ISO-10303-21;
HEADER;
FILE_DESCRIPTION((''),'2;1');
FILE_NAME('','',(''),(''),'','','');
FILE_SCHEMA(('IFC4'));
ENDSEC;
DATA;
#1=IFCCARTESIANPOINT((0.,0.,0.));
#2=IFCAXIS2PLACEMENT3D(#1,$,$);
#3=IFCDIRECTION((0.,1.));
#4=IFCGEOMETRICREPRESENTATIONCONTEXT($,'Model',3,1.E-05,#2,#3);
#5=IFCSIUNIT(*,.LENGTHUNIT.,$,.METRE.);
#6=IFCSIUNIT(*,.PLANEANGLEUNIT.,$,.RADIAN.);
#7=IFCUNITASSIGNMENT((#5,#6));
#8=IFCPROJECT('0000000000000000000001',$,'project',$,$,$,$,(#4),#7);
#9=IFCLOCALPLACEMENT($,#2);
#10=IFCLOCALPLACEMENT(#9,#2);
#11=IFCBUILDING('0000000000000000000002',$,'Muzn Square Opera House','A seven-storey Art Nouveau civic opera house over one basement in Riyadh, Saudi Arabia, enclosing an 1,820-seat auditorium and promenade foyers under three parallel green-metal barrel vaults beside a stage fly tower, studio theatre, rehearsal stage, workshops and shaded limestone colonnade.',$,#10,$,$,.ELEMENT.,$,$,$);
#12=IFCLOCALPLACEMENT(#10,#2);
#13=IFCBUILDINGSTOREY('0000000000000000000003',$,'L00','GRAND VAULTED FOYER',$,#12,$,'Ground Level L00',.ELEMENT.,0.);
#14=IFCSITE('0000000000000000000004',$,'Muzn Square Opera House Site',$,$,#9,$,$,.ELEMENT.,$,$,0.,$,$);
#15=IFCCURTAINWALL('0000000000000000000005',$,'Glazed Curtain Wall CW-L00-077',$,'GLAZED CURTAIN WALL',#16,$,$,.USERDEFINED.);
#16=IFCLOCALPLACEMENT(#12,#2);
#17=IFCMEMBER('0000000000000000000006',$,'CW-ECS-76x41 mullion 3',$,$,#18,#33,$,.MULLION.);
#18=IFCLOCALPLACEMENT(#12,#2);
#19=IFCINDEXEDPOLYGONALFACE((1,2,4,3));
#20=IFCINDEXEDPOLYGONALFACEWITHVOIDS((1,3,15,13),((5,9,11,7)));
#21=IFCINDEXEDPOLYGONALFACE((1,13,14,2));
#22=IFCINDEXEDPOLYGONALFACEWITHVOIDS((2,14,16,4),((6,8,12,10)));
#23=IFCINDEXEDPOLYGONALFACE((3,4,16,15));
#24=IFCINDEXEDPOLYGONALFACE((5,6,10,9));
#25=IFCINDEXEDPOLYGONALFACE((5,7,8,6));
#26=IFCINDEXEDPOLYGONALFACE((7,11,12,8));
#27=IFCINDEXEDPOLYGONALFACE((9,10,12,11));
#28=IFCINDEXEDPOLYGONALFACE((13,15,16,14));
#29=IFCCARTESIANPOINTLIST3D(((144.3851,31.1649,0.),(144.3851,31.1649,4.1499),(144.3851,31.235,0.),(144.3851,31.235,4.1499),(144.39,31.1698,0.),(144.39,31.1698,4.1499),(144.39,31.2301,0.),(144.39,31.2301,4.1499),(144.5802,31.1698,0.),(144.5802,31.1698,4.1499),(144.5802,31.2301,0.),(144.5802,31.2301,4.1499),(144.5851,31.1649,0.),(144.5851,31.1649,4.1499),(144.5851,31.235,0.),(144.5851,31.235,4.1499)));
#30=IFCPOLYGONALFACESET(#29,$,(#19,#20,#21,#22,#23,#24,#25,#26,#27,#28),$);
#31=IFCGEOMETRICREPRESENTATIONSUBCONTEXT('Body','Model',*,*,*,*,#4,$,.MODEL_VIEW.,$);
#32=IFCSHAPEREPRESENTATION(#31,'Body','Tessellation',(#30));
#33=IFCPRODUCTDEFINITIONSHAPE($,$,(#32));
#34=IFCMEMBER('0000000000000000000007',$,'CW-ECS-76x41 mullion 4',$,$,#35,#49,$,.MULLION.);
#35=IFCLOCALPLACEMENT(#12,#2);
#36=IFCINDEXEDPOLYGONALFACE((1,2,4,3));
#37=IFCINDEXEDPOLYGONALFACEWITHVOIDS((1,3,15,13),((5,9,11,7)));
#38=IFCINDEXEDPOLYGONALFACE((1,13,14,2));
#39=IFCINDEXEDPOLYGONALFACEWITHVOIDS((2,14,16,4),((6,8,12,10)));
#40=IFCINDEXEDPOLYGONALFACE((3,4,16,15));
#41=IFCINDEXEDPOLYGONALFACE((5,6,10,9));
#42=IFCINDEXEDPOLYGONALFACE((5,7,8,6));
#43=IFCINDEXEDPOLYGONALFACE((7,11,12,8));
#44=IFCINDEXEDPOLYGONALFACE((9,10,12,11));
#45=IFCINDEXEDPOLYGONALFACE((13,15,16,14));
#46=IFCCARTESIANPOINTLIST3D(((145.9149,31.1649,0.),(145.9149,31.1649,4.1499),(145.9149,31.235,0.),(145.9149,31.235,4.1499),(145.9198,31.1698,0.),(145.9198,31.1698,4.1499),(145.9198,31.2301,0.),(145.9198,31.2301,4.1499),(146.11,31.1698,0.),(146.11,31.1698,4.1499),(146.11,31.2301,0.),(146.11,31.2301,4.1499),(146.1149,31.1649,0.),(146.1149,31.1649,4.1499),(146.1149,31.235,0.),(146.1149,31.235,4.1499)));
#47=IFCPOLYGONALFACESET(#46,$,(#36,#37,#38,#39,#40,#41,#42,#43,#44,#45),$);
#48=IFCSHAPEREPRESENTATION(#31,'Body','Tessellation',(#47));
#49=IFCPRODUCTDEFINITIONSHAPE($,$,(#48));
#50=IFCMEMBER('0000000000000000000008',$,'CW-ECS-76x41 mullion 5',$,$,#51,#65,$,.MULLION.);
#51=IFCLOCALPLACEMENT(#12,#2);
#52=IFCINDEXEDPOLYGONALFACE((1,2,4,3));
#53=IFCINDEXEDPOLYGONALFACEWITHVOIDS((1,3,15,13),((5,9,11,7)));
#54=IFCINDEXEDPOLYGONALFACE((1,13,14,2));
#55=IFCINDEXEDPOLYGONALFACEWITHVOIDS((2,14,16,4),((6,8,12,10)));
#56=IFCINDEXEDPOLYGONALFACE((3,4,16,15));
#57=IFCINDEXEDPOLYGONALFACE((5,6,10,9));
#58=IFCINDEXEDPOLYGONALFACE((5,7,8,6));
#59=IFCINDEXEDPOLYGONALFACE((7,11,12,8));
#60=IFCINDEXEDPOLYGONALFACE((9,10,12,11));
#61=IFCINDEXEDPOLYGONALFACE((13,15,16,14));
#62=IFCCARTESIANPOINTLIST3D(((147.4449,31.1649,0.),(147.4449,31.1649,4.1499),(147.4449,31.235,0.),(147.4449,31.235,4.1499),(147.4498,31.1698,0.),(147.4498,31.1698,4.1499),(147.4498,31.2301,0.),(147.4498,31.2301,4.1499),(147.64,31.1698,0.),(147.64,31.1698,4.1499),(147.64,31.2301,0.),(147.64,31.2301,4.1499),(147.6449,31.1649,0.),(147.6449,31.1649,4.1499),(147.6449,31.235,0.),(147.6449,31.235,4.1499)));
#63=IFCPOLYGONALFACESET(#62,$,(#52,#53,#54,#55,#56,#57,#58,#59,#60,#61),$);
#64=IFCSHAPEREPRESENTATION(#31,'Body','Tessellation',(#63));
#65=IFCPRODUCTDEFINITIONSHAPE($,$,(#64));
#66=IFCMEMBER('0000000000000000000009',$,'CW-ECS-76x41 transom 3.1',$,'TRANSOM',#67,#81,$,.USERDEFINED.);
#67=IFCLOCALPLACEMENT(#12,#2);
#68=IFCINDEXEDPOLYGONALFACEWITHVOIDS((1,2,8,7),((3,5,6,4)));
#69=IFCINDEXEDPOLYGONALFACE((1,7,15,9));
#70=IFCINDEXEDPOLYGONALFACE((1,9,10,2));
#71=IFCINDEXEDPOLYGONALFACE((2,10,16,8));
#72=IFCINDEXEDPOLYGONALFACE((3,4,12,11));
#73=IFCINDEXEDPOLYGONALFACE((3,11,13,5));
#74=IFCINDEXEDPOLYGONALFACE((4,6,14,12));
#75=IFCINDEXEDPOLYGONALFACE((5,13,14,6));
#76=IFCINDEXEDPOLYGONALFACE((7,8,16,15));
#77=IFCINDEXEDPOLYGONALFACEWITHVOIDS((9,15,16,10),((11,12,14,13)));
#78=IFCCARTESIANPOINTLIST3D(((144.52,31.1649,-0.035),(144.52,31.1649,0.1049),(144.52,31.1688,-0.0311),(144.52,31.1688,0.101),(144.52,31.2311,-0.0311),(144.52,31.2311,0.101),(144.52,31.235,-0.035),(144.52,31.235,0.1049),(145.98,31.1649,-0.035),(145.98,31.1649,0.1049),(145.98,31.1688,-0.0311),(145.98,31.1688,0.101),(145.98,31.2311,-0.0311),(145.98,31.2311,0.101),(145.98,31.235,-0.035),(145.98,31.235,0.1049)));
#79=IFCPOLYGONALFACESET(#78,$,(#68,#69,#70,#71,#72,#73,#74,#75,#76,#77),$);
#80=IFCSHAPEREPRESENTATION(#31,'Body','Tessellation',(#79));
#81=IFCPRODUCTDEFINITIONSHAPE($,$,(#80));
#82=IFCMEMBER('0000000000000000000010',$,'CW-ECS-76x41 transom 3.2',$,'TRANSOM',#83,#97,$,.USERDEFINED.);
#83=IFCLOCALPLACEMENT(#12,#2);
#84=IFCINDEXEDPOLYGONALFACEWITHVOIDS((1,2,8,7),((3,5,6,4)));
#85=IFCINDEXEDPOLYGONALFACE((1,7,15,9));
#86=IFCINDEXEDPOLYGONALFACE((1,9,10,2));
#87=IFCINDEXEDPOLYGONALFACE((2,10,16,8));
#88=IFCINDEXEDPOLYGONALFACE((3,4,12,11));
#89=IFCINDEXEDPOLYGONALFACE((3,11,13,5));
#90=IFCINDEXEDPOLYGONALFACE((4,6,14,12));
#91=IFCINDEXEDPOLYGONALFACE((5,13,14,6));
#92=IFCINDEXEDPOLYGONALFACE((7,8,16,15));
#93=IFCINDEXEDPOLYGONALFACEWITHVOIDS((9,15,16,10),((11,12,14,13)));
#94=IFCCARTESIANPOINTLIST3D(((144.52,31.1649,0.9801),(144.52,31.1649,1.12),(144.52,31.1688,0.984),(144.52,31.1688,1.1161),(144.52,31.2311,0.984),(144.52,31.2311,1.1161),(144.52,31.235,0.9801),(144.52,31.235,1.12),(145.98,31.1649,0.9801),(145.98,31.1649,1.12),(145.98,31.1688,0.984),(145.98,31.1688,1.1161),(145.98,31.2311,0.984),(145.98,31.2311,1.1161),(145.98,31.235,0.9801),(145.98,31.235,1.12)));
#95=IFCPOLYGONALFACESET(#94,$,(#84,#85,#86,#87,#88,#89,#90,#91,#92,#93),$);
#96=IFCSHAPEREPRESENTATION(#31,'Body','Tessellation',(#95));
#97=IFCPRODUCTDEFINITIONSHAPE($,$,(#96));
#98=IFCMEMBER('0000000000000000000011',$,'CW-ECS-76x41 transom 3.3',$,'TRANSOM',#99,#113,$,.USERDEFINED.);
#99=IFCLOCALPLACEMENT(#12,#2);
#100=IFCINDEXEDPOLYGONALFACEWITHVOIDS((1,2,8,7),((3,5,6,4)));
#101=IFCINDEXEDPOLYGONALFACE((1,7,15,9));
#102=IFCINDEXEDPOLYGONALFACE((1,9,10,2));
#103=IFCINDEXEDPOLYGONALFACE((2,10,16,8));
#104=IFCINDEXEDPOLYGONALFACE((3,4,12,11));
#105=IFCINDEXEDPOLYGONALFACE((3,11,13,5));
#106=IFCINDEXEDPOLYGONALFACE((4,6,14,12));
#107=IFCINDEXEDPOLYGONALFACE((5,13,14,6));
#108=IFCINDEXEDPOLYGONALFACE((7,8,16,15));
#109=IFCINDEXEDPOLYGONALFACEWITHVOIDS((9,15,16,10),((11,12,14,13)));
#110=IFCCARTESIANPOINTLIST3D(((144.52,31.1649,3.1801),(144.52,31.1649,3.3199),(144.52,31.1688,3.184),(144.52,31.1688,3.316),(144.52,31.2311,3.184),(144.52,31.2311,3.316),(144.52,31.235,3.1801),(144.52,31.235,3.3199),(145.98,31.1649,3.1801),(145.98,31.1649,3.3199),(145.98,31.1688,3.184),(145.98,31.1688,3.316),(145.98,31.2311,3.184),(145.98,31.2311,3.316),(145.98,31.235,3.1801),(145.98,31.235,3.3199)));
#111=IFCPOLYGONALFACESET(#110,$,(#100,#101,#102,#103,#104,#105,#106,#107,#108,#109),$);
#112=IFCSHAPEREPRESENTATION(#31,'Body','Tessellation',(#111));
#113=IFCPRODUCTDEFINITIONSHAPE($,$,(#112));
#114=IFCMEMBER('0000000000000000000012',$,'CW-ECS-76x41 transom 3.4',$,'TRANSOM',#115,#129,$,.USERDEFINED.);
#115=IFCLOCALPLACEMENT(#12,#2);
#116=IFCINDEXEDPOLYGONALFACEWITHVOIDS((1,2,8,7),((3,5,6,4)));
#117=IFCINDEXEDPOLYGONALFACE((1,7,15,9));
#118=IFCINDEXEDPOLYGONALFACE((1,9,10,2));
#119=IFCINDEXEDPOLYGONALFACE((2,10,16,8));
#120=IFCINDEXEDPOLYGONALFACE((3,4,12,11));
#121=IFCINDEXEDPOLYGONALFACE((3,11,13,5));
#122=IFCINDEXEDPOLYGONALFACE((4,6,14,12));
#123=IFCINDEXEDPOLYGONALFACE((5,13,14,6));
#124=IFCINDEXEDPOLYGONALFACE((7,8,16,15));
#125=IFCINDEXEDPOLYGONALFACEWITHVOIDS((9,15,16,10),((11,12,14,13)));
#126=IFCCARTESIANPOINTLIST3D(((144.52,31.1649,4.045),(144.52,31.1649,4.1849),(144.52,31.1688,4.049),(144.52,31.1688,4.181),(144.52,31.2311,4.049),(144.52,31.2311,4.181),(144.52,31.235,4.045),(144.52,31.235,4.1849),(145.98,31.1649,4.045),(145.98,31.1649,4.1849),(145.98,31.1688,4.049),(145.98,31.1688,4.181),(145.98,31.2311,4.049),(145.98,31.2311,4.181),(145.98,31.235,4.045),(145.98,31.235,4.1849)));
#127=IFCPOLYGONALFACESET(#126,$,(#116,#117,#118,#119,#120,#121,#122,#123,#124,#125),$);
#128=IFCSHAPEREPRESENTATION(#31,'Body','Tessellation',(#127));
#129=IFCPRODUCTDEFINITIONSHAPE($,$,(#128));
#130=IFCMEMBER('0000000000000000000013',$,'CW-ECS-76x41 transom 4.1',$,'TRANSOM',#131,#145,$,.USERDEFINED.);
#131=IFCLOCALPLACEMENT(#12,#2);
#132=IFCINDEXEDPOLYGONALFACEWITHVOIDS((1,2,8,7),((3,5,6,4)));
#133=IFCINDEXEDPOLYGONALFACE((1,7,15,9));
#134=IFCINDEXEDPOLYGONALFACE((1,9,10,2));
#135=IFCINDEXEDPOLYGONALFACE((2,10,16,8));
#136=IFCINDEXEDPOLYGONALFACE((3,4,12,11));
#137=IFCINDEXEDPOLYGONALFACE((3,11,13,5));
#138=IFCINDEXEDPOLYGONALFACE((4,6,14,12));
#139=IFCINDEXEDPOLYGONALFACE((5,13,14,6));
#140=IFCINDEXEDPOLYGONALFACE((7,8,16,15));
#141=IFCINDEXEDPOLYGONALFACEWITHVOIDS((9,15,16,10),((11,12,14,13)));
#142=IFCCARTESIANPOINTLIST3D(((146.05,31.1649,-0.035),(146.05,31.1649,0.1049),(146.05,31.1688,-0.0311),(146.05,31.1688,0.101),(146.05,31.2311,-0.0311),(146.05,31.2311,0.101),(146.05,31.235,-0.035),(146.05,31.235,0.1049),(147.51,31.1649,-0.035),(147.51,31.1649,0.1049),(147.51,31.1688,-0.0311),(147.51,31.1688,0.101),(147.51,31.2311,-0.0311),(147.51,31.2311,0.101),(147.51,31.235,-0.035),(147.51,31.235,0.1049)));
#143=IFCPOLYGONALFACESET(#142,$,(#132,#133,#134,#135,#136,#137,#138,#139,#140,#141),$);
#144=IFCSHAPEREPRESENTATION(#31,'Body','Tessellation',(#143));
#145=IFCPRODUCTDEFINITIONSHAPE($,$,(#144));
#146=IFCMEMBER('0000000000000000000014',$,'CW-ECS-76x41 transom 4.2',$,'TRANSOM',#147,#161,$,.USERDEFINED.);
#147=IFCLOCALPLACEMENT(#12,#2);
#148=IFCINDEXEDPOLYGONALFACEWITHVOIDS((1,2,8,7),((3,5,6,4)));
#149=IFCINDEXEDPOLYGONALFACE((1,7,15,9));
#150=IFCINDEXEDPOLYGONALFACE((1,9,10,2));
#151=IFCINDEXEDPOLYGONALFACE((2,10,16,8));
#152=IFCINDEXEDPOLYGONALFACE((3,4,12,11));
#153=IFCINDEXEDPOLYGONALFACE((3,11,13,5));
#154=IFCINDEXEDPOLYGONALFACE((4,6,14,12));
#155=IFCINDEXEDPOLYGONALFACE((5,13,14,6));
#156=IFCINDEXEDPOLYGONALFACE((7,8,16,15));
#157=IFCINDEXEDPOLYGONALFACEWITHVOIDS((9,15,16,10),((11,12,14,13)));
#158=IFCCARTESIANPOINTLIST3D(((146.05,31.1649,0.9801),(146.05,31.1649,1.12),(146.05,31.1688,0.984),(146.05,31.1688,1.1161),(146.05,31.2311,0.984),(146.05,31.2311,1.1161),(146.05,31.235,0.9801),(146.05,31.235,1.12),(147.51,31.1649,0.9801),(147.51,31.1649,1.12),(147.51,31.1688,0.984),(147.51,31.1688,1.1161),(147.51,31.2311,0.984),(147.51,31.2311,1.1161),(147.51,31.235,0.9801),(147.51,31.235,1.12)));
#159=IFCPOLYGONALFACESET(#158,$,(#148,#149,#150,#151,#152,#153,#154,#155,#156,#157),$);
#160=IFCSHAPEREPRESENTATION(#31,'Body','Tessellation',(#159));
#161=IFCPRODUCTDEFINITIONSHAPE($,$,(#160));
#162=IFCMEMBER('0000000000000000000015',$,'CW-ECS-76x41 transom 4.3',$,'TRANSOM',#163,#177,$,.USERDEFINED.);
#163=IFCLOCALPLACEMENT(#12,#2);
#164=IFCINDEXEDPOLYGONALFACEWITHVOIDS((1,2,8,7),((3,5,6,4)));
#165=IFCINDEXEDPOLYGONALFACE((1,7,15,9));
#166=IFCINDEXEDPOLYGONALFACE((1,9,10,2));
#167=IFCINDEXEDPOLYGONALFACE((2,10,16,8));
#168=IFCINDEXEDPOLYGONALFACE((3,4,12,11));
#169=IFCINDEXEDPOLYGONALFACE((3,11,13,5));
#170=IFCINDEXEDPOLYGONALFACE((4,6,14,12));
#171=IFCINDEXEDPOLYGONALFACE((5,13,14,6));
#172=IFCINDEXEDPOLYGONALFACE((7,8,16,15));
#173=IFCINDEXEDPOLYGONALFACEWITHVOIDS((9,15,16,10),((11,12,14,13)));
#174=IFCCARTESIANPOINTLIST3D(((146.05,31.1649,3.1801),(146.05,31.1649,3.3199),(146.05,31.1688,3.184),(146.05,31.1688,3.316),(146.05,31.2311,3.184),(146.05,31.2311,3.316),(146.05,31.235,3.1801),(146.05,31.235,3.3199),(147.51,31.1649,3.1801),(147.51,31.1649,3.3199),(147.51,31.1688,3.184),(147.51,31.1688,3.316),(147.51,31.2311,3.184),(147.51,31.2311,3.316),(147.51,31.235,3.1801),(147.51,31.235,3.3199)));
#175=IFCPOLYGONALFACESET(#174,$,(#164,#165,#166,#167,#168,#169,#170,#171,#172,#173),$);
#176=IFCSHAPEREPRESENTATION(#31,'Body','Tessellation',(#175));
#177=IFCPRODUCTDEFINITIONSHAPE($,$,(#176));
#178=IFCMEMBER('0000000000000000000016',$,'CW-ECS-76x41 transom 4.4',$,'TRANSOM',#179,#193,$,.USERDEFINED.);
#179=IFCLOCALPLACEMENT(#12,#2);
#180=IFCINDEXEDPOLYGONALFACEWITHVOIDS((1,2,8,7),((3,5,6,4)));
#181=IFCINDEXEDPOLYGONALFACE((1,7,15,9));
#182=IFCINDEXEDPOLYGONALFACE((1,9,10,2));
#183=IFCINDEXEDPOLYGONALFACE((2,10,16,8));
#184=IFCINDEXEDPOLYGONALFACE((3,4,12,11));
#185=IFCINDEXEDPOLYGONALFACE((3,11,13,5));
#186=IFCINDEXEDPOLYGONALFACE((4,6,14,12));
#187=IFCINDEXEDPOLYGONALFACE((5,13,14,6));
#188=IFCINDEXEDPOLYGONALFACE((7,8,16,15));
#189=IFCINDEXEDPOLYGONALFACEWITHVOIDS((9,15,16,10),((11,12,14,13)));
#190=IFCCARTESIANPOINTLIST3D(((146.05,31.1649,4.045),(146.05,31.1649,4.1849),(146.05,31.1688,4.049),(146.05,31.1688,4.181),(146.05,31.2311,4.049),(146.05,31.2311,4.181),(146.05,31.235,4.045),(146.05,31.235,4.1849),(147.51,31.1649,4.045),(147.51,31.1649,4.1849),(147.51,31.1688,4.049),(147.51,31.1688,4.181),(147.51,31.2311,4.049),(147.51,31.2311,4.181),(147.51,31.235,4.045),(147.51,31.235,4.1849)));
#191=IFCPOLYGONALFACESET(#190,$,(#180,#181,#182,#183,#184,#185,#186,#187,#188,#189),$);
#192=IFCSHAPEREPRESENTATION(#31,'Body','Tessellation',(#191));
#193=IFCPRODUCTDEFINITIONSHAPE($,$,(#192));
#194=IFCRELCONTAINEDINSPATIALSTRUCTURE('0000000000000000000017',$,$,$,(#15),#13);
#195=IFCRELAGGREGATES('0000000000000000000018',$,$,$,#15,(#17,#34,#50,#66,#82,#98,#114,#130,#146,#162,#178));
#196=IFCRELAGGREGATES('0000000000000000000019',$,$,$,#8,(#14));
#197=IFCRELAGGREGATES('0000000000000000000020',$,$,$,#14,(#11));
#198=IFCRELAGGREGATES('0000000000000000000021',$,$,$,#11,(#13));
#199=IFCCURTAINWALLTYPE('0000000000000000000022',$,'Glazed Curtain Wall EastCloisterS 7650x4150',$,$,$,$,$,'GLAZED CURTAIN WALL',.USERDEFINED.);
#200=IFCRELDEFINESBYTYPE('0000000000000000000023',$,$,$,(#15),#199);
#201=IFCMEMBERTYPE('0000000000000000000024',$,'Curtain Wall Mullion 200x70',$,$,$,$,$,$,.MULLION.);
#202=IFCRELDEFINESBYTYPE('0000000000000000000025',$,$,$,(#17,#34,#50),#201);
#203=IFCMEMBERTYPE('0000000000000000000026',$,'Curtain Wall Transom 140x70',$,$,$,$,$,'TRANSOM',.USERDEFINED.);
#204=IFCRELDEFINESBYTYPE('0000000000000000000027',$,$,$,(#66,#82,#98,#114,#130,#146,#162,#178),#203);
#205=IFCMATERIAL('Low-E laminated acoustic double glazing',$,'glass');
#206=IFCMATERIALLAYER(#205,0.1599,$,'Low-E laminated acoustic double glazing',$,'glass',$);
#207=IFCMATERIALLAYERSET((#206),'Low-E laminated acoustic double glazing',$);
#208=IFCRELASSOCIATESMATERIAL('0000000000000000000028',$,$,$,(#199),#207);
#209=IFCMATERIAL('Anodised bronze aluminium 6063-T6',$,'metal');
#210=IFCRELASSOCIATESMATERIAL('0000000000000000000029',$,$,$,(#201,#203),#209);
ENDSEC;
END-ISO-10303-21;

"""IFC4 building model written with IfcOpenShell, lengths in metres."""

from ifc_helpers import new_model, si_unit, direction, frame, origin, origin_2d, place, context, subcontext, project, spatial, hollow_rectangle, extrude, material, layer, layer_set, material_profile, profile_set, type_object, element, aggregate, save


model = new_model("IFC4")

# Units and contexts
model_context = context("Model", 3, precision=1e-05, world=origin(), true_north=direction((0.0, 1.0)))
body_context = subcontext(model_context, "Body", "Model", "MODEL_VIEW")
ifc_project = project(units=[si_unit("LENGTHUNIT", "METRE"), si_unit("PLANEANGLEUNIT", "RADIAN")], contexts=[model_context])

# Site, building, storey
site_placement = place(None, origin())
site = spatial("IfcSite", under=ifc_project, at=site_placement, Name="Muzn Square Opera House Site", CompositionType="ELEMENT", RefElevation=0.0)
building_placement = place(site_placement, origin())
building = spatial("IfcBuilding", under=site, at=building_placement, Name="Muzn Square Opera House", Description="A seven-storey Art Nouveau civic opera house over one basement in Riyadh, Saudi Arabia, enclosing an 1,820-seat auditorium and promenade foyers under three parallel green-metal barrel vaults beside a stage fly tower, studio theatre, rehearsal stage, workshops and shaded limestone colonnade.", CompositionType="ELEMENT")
storey_placement = place(building_placement, origin())
storey = spatial("IfcBuildingStorey", under=building, at=storey_placement, Name="L00", Description="GRAND VAULTED FOYER", LongName="Ground Level L00", CompositionType="ELEMENT", Elevation=0.0)

# Curtain wall, members
ifc_material_1 = material(Name="Low-E laminated acoustic double glazing", Category="glass")
ifc_layer_1 = layer(ifc_material_1, 0.1599, Name="Low-E laminated acoustic double glazing", Category="glass")
ifc_layer_set_1 = layer_set([ifc_layer_1], Name="Low-E laminated acoustic double glazing")
curtain_wall_type = type_object("IfcCurtainWallType", Name="Glazed Curtain Wall EastCloisterS 7650x4150", ElementType="GLAZED CURTAIN WALL", PredefinedType="USERDEFINED", material=ifc_layer_set_1)
curtain_wall_placement = place(storey_placement, origin())
curtain_wall = element("IfcCurtainWall", 1, at=curtain_wall_placement, inside=storey, type_object=curtain_wall_type, Name="Glazed Curtain Wall CW-L00-077", ObjectType="GLAZED CURTAIN WALL", PredefinedType="USERDEFINED")
ifc_material_2 = material(Name="Anodised bronze aluminium 6063-T6", Category="metal")
ifc_material_profile_1 = material_profile(ifc_material_2, hollow_rectangle(XDim=0.0701, YDim=0.2, WallThickness=0.0049, at=origin_2d()), Name="ALU 200x70x5", Category="metal")
ifc_profile_set_1 = profile_set([ifc_material_profile_1], Name="Anodised bronze aluminium 6063-T6")
member_type_1 = type_object("IfcMemberType", Name="Curtain Wall Mullion 200x70", PredefinedType="MULLION", material=ifc_profile_set_1)
member_1_placement = place(storey_placement, frame((144.4851, 31.2, 0.0), z_axis=(0.0, 0.0, 1.0), x_axis=(0.0, 1.0, 0.0)))
member_1 = element("IfcMember", 2, at=member_1_placement, type_object=member_type_1, Name="CW-ECS-76x41 mullion 3", PredefinedType="MULLION", context=body_context, shape_type="SweptSolid", body=[
    extrude(hollow_rectangle(XDim=0.0701, YDim=0.2, WallThickness=0.0049, at=origin_2d()), origin(), (0.0, 0.0, 1.0), 4.1499),
])
member_2_placement = place(storey_placement, frame((146.0149, 31.2, 0.0), z_axis=(0.0, 0.0, 1.0), x_axis=(0.0, 1.0, 0.0)))
member_2 = element("IfcMember", 3, at=member_2_placement, type_object=member_type_1, Name="CW-ECS-76x41 mullion 4", PredefinedType="MULLION", context=body_context, shape_type="SweptSolid", body=[
    extrude(hollow_rectangle(XDim=0.0701, YDim=0.2, WallThickness=0.0049, at=origin_2d()), origin(), (0.0, 0.0, 1.0), 4.1499),
])
member_3_placement = place(storey_placement, frame((147.5449, 31.2, 0.0), z_axis=(0.0, 0.0, 1.0), x_axis=(0.0, 1.0, 0.0)))
member_3 = element("IfcMember", 4, at=member_3_placement, type_object=member_type_1, Name="CW-ECS-76x41 mullion 5", PredefinedType="MULLION", context=body_context, shape_type="SweptSolid", body=[
    extrude(hollow_rectangle(XDim=0.0701, YDim=0.2, WallThickness=0.0049, at=origin_2d()), origin(), (0.0, 0.0, 1.0), 4.1499),
])
ifc_material_profile_2 = material_profile(ifc_material_2, hollow_rectangle(XDim=0.0701, YDim=0.1399, WallThickness=0.0039, at=origin_2d()), Name="ALU 140x70x4", Category="metal")
ifc_profile_set_2 = profile_set([ifc_material_profile_2], Name="Anodised bronze aluminium 6063-T6")
member_type_2 = type_object("IfcMemberType", Name="Curtain Wall Transom 140x70", ElementType="TRANSOM", PredefinedType="USERDEFINED", material=ifc_profile_set_2)
member_4_placement = place(storey_placement, frame((144.52, 31.2, 0.0349), z_axis=(1.0, 0.0, 0.0), x_axis=(0.0, 1.0, 0.0)))
member_4 = element("IfcMember", 5, at=member_4_placement, type_object=member_type_2, Name="CW-ECS-76x41 transom 3.1", ObjectType="TRANSOM", PredefinedType="USERDEFINED", context=body_context, shape_type="SweptSolid", body=[
    extrude(hollow_rectangle(XDim=0.0701, YDim=0.1399, WallThickness=0.0039, at=origin_2d()), origin(), (0.0, 0.0, 1.0), 1.46),
])
member_5_placement = place(storey_placement, frame((144.52, 31.2, 1.05), z_axis=(1.0, 0.0, 0.0), x_axis=(0.0, 1.0, 0.0)))
member_5 = element("IfcMember", 6, at=member_5_placement, type_object=member_type_2, Name="CW-ECS-76x41 transom 3.2", ObjectType="TRANSOM", PredefinedType="USERDEFINED", context=body_context, shape_type="SweptSolid", body=[
    extrude(hollow_rectangle(XDim=0.0701, YDim=0.1399, WallThickness=0.0039, at=origin_2d()), origin(), (0.0, 0.0, 1.0), 1.46),
])
member_6_placement = place(storey_placement, frame((144.52, 31.2, 3.25), z_axis=(1.0, 0.0, 0.0), x_axis=(0.0, 1.0, 0.0)))
member_6 = element("IfcMember", 7, at=member_6_placement, type_object=member_type_2, Name="CW-ECS-76x41 transom 3.3", ObjectType="TRANSOM", PredefinedType="USERDEFINED", context=body_context, shape_type="SweptSolid", body=[
    extrude(hollow_rectangle(XDim=0.0701, YDim=0.1399, WallThickness=0.0039, at=origin_2d()), origin(), (0.0, 0.0, 1.0), 1.46),
])
member_7_placement = place(storey_placement, frame((144.52, 31.2, 4.115), z_axis=(1.0, 0.0, 0.0), x_axis=(0.0, 1.0, 0.0)))
member_7 = element("IfcMember", 8, at=member_7_placement, type_object=member_type_2, Name="CW-ECS-76x41 transom 3.4", ObjectType="TRANSOM", PredefinedType="USERDEFINED", context=body_context, shape_type="SweptSolid", body=[
    extrude(hollow_rectangle(XDim=0.0701, YDim=0.1399, WallThickness=0.0039, at=origin_2d()), origin(), (0.0, 0.0, 1.0), 1.46),
])
member_8_placement = place(storey_placement, frame((146.05, 31.2, 0.0349), z_axis=(1.0, 0.0, 0.0), x_axis=(0.0, 1.0, 0.0)))
member_8 = element("IfcMember", 9, at=member_8_placement, type_object=member_type_2, Name="CW-ECS-76x41 transom 4.1", ObjectType="TRANSOM", PredefinedType="USERDEFINED", context=body_context, shape_type="SweptSolid", body=[
    extrude(hollow_rectangle(XDim=0.0701, YDim=0.1399, WallThickness=0.0039, at=origin_2d()), origin(), (0.0, 0.0, 1.0), 1.46),
])
member_9_placement = place(storey_placement, frame((146.05, 31.2, 1.05), z_axis=(1.0, 0.0, 0.0), x_axis=(0.0, 1.0, 0.0)))
member_9 = element("IfcMember", 10, at=member_9_placement, type_object=member_type_2, Name="CW-ECS-76x41 transom 4.2", ObjectType="TRANSOM", PredefinedType="USERDEFINED", context=body_context, shape_type="SweptSolid", body=[
    extrude(hollow_rectangle(XDim=0.0701, YDim=0.1399, WallThickness=0.0039, at=origin_2d()), origin(), (0.0, 0.0, 1.0), 1.46),
])
member_10_placement = place(storey_placement, frame((146.05, 31.2, 3.25), z_axis=(1.0, 0.0, 0.0), x_axis=(0.0, 1.0, 0.0)))
member_10 = element("IfcMember", 11, at=member_10_placement, type_object=member_type_2, Name="CW-ECS-76x41 transom 4.3", ObjectType="TRANSOM", PredefinedType="USERDEFINED", context=body_context, shape_type="SweptSolid", body=[
    extrude(hollow_rectangle(XDim=0.0701, YDim=0.1399, WallThickness=0.0039, at=origin_2d()), origin(), (0.0, 0.0, 1.0), 1.46),
])
member_11_placement = place(storey_placement, frame((146.05, 31.2, 4.115), z_axis=(1.0, 0.0, 0.0), x_axis=(0.0, 1.0, 0.0)))
member_11 = element("IfcMember", 12, at=member_11_placement, type_object=member_type_2, Name="CW-ECS-76x41 transom 4.4", ObjectType="TRANSOM", PredefinedType="USERDEFINED", context=body_context, shape_type="SweptSolid", body=[
    extrude(hollow_rectangle(XDim=0.0701, YDim=0.1399, WallThickness=0.0039, at=origin_2d()), origin(), (0.0, 0.0, 1.0), 1.46),
])
aggregate(curtain_wall, [member_1, member_2, member_3, member_4, member_5, member_6, member_7, member_8, member_9, member_10, member_11])

save(model, "model.ifc")
